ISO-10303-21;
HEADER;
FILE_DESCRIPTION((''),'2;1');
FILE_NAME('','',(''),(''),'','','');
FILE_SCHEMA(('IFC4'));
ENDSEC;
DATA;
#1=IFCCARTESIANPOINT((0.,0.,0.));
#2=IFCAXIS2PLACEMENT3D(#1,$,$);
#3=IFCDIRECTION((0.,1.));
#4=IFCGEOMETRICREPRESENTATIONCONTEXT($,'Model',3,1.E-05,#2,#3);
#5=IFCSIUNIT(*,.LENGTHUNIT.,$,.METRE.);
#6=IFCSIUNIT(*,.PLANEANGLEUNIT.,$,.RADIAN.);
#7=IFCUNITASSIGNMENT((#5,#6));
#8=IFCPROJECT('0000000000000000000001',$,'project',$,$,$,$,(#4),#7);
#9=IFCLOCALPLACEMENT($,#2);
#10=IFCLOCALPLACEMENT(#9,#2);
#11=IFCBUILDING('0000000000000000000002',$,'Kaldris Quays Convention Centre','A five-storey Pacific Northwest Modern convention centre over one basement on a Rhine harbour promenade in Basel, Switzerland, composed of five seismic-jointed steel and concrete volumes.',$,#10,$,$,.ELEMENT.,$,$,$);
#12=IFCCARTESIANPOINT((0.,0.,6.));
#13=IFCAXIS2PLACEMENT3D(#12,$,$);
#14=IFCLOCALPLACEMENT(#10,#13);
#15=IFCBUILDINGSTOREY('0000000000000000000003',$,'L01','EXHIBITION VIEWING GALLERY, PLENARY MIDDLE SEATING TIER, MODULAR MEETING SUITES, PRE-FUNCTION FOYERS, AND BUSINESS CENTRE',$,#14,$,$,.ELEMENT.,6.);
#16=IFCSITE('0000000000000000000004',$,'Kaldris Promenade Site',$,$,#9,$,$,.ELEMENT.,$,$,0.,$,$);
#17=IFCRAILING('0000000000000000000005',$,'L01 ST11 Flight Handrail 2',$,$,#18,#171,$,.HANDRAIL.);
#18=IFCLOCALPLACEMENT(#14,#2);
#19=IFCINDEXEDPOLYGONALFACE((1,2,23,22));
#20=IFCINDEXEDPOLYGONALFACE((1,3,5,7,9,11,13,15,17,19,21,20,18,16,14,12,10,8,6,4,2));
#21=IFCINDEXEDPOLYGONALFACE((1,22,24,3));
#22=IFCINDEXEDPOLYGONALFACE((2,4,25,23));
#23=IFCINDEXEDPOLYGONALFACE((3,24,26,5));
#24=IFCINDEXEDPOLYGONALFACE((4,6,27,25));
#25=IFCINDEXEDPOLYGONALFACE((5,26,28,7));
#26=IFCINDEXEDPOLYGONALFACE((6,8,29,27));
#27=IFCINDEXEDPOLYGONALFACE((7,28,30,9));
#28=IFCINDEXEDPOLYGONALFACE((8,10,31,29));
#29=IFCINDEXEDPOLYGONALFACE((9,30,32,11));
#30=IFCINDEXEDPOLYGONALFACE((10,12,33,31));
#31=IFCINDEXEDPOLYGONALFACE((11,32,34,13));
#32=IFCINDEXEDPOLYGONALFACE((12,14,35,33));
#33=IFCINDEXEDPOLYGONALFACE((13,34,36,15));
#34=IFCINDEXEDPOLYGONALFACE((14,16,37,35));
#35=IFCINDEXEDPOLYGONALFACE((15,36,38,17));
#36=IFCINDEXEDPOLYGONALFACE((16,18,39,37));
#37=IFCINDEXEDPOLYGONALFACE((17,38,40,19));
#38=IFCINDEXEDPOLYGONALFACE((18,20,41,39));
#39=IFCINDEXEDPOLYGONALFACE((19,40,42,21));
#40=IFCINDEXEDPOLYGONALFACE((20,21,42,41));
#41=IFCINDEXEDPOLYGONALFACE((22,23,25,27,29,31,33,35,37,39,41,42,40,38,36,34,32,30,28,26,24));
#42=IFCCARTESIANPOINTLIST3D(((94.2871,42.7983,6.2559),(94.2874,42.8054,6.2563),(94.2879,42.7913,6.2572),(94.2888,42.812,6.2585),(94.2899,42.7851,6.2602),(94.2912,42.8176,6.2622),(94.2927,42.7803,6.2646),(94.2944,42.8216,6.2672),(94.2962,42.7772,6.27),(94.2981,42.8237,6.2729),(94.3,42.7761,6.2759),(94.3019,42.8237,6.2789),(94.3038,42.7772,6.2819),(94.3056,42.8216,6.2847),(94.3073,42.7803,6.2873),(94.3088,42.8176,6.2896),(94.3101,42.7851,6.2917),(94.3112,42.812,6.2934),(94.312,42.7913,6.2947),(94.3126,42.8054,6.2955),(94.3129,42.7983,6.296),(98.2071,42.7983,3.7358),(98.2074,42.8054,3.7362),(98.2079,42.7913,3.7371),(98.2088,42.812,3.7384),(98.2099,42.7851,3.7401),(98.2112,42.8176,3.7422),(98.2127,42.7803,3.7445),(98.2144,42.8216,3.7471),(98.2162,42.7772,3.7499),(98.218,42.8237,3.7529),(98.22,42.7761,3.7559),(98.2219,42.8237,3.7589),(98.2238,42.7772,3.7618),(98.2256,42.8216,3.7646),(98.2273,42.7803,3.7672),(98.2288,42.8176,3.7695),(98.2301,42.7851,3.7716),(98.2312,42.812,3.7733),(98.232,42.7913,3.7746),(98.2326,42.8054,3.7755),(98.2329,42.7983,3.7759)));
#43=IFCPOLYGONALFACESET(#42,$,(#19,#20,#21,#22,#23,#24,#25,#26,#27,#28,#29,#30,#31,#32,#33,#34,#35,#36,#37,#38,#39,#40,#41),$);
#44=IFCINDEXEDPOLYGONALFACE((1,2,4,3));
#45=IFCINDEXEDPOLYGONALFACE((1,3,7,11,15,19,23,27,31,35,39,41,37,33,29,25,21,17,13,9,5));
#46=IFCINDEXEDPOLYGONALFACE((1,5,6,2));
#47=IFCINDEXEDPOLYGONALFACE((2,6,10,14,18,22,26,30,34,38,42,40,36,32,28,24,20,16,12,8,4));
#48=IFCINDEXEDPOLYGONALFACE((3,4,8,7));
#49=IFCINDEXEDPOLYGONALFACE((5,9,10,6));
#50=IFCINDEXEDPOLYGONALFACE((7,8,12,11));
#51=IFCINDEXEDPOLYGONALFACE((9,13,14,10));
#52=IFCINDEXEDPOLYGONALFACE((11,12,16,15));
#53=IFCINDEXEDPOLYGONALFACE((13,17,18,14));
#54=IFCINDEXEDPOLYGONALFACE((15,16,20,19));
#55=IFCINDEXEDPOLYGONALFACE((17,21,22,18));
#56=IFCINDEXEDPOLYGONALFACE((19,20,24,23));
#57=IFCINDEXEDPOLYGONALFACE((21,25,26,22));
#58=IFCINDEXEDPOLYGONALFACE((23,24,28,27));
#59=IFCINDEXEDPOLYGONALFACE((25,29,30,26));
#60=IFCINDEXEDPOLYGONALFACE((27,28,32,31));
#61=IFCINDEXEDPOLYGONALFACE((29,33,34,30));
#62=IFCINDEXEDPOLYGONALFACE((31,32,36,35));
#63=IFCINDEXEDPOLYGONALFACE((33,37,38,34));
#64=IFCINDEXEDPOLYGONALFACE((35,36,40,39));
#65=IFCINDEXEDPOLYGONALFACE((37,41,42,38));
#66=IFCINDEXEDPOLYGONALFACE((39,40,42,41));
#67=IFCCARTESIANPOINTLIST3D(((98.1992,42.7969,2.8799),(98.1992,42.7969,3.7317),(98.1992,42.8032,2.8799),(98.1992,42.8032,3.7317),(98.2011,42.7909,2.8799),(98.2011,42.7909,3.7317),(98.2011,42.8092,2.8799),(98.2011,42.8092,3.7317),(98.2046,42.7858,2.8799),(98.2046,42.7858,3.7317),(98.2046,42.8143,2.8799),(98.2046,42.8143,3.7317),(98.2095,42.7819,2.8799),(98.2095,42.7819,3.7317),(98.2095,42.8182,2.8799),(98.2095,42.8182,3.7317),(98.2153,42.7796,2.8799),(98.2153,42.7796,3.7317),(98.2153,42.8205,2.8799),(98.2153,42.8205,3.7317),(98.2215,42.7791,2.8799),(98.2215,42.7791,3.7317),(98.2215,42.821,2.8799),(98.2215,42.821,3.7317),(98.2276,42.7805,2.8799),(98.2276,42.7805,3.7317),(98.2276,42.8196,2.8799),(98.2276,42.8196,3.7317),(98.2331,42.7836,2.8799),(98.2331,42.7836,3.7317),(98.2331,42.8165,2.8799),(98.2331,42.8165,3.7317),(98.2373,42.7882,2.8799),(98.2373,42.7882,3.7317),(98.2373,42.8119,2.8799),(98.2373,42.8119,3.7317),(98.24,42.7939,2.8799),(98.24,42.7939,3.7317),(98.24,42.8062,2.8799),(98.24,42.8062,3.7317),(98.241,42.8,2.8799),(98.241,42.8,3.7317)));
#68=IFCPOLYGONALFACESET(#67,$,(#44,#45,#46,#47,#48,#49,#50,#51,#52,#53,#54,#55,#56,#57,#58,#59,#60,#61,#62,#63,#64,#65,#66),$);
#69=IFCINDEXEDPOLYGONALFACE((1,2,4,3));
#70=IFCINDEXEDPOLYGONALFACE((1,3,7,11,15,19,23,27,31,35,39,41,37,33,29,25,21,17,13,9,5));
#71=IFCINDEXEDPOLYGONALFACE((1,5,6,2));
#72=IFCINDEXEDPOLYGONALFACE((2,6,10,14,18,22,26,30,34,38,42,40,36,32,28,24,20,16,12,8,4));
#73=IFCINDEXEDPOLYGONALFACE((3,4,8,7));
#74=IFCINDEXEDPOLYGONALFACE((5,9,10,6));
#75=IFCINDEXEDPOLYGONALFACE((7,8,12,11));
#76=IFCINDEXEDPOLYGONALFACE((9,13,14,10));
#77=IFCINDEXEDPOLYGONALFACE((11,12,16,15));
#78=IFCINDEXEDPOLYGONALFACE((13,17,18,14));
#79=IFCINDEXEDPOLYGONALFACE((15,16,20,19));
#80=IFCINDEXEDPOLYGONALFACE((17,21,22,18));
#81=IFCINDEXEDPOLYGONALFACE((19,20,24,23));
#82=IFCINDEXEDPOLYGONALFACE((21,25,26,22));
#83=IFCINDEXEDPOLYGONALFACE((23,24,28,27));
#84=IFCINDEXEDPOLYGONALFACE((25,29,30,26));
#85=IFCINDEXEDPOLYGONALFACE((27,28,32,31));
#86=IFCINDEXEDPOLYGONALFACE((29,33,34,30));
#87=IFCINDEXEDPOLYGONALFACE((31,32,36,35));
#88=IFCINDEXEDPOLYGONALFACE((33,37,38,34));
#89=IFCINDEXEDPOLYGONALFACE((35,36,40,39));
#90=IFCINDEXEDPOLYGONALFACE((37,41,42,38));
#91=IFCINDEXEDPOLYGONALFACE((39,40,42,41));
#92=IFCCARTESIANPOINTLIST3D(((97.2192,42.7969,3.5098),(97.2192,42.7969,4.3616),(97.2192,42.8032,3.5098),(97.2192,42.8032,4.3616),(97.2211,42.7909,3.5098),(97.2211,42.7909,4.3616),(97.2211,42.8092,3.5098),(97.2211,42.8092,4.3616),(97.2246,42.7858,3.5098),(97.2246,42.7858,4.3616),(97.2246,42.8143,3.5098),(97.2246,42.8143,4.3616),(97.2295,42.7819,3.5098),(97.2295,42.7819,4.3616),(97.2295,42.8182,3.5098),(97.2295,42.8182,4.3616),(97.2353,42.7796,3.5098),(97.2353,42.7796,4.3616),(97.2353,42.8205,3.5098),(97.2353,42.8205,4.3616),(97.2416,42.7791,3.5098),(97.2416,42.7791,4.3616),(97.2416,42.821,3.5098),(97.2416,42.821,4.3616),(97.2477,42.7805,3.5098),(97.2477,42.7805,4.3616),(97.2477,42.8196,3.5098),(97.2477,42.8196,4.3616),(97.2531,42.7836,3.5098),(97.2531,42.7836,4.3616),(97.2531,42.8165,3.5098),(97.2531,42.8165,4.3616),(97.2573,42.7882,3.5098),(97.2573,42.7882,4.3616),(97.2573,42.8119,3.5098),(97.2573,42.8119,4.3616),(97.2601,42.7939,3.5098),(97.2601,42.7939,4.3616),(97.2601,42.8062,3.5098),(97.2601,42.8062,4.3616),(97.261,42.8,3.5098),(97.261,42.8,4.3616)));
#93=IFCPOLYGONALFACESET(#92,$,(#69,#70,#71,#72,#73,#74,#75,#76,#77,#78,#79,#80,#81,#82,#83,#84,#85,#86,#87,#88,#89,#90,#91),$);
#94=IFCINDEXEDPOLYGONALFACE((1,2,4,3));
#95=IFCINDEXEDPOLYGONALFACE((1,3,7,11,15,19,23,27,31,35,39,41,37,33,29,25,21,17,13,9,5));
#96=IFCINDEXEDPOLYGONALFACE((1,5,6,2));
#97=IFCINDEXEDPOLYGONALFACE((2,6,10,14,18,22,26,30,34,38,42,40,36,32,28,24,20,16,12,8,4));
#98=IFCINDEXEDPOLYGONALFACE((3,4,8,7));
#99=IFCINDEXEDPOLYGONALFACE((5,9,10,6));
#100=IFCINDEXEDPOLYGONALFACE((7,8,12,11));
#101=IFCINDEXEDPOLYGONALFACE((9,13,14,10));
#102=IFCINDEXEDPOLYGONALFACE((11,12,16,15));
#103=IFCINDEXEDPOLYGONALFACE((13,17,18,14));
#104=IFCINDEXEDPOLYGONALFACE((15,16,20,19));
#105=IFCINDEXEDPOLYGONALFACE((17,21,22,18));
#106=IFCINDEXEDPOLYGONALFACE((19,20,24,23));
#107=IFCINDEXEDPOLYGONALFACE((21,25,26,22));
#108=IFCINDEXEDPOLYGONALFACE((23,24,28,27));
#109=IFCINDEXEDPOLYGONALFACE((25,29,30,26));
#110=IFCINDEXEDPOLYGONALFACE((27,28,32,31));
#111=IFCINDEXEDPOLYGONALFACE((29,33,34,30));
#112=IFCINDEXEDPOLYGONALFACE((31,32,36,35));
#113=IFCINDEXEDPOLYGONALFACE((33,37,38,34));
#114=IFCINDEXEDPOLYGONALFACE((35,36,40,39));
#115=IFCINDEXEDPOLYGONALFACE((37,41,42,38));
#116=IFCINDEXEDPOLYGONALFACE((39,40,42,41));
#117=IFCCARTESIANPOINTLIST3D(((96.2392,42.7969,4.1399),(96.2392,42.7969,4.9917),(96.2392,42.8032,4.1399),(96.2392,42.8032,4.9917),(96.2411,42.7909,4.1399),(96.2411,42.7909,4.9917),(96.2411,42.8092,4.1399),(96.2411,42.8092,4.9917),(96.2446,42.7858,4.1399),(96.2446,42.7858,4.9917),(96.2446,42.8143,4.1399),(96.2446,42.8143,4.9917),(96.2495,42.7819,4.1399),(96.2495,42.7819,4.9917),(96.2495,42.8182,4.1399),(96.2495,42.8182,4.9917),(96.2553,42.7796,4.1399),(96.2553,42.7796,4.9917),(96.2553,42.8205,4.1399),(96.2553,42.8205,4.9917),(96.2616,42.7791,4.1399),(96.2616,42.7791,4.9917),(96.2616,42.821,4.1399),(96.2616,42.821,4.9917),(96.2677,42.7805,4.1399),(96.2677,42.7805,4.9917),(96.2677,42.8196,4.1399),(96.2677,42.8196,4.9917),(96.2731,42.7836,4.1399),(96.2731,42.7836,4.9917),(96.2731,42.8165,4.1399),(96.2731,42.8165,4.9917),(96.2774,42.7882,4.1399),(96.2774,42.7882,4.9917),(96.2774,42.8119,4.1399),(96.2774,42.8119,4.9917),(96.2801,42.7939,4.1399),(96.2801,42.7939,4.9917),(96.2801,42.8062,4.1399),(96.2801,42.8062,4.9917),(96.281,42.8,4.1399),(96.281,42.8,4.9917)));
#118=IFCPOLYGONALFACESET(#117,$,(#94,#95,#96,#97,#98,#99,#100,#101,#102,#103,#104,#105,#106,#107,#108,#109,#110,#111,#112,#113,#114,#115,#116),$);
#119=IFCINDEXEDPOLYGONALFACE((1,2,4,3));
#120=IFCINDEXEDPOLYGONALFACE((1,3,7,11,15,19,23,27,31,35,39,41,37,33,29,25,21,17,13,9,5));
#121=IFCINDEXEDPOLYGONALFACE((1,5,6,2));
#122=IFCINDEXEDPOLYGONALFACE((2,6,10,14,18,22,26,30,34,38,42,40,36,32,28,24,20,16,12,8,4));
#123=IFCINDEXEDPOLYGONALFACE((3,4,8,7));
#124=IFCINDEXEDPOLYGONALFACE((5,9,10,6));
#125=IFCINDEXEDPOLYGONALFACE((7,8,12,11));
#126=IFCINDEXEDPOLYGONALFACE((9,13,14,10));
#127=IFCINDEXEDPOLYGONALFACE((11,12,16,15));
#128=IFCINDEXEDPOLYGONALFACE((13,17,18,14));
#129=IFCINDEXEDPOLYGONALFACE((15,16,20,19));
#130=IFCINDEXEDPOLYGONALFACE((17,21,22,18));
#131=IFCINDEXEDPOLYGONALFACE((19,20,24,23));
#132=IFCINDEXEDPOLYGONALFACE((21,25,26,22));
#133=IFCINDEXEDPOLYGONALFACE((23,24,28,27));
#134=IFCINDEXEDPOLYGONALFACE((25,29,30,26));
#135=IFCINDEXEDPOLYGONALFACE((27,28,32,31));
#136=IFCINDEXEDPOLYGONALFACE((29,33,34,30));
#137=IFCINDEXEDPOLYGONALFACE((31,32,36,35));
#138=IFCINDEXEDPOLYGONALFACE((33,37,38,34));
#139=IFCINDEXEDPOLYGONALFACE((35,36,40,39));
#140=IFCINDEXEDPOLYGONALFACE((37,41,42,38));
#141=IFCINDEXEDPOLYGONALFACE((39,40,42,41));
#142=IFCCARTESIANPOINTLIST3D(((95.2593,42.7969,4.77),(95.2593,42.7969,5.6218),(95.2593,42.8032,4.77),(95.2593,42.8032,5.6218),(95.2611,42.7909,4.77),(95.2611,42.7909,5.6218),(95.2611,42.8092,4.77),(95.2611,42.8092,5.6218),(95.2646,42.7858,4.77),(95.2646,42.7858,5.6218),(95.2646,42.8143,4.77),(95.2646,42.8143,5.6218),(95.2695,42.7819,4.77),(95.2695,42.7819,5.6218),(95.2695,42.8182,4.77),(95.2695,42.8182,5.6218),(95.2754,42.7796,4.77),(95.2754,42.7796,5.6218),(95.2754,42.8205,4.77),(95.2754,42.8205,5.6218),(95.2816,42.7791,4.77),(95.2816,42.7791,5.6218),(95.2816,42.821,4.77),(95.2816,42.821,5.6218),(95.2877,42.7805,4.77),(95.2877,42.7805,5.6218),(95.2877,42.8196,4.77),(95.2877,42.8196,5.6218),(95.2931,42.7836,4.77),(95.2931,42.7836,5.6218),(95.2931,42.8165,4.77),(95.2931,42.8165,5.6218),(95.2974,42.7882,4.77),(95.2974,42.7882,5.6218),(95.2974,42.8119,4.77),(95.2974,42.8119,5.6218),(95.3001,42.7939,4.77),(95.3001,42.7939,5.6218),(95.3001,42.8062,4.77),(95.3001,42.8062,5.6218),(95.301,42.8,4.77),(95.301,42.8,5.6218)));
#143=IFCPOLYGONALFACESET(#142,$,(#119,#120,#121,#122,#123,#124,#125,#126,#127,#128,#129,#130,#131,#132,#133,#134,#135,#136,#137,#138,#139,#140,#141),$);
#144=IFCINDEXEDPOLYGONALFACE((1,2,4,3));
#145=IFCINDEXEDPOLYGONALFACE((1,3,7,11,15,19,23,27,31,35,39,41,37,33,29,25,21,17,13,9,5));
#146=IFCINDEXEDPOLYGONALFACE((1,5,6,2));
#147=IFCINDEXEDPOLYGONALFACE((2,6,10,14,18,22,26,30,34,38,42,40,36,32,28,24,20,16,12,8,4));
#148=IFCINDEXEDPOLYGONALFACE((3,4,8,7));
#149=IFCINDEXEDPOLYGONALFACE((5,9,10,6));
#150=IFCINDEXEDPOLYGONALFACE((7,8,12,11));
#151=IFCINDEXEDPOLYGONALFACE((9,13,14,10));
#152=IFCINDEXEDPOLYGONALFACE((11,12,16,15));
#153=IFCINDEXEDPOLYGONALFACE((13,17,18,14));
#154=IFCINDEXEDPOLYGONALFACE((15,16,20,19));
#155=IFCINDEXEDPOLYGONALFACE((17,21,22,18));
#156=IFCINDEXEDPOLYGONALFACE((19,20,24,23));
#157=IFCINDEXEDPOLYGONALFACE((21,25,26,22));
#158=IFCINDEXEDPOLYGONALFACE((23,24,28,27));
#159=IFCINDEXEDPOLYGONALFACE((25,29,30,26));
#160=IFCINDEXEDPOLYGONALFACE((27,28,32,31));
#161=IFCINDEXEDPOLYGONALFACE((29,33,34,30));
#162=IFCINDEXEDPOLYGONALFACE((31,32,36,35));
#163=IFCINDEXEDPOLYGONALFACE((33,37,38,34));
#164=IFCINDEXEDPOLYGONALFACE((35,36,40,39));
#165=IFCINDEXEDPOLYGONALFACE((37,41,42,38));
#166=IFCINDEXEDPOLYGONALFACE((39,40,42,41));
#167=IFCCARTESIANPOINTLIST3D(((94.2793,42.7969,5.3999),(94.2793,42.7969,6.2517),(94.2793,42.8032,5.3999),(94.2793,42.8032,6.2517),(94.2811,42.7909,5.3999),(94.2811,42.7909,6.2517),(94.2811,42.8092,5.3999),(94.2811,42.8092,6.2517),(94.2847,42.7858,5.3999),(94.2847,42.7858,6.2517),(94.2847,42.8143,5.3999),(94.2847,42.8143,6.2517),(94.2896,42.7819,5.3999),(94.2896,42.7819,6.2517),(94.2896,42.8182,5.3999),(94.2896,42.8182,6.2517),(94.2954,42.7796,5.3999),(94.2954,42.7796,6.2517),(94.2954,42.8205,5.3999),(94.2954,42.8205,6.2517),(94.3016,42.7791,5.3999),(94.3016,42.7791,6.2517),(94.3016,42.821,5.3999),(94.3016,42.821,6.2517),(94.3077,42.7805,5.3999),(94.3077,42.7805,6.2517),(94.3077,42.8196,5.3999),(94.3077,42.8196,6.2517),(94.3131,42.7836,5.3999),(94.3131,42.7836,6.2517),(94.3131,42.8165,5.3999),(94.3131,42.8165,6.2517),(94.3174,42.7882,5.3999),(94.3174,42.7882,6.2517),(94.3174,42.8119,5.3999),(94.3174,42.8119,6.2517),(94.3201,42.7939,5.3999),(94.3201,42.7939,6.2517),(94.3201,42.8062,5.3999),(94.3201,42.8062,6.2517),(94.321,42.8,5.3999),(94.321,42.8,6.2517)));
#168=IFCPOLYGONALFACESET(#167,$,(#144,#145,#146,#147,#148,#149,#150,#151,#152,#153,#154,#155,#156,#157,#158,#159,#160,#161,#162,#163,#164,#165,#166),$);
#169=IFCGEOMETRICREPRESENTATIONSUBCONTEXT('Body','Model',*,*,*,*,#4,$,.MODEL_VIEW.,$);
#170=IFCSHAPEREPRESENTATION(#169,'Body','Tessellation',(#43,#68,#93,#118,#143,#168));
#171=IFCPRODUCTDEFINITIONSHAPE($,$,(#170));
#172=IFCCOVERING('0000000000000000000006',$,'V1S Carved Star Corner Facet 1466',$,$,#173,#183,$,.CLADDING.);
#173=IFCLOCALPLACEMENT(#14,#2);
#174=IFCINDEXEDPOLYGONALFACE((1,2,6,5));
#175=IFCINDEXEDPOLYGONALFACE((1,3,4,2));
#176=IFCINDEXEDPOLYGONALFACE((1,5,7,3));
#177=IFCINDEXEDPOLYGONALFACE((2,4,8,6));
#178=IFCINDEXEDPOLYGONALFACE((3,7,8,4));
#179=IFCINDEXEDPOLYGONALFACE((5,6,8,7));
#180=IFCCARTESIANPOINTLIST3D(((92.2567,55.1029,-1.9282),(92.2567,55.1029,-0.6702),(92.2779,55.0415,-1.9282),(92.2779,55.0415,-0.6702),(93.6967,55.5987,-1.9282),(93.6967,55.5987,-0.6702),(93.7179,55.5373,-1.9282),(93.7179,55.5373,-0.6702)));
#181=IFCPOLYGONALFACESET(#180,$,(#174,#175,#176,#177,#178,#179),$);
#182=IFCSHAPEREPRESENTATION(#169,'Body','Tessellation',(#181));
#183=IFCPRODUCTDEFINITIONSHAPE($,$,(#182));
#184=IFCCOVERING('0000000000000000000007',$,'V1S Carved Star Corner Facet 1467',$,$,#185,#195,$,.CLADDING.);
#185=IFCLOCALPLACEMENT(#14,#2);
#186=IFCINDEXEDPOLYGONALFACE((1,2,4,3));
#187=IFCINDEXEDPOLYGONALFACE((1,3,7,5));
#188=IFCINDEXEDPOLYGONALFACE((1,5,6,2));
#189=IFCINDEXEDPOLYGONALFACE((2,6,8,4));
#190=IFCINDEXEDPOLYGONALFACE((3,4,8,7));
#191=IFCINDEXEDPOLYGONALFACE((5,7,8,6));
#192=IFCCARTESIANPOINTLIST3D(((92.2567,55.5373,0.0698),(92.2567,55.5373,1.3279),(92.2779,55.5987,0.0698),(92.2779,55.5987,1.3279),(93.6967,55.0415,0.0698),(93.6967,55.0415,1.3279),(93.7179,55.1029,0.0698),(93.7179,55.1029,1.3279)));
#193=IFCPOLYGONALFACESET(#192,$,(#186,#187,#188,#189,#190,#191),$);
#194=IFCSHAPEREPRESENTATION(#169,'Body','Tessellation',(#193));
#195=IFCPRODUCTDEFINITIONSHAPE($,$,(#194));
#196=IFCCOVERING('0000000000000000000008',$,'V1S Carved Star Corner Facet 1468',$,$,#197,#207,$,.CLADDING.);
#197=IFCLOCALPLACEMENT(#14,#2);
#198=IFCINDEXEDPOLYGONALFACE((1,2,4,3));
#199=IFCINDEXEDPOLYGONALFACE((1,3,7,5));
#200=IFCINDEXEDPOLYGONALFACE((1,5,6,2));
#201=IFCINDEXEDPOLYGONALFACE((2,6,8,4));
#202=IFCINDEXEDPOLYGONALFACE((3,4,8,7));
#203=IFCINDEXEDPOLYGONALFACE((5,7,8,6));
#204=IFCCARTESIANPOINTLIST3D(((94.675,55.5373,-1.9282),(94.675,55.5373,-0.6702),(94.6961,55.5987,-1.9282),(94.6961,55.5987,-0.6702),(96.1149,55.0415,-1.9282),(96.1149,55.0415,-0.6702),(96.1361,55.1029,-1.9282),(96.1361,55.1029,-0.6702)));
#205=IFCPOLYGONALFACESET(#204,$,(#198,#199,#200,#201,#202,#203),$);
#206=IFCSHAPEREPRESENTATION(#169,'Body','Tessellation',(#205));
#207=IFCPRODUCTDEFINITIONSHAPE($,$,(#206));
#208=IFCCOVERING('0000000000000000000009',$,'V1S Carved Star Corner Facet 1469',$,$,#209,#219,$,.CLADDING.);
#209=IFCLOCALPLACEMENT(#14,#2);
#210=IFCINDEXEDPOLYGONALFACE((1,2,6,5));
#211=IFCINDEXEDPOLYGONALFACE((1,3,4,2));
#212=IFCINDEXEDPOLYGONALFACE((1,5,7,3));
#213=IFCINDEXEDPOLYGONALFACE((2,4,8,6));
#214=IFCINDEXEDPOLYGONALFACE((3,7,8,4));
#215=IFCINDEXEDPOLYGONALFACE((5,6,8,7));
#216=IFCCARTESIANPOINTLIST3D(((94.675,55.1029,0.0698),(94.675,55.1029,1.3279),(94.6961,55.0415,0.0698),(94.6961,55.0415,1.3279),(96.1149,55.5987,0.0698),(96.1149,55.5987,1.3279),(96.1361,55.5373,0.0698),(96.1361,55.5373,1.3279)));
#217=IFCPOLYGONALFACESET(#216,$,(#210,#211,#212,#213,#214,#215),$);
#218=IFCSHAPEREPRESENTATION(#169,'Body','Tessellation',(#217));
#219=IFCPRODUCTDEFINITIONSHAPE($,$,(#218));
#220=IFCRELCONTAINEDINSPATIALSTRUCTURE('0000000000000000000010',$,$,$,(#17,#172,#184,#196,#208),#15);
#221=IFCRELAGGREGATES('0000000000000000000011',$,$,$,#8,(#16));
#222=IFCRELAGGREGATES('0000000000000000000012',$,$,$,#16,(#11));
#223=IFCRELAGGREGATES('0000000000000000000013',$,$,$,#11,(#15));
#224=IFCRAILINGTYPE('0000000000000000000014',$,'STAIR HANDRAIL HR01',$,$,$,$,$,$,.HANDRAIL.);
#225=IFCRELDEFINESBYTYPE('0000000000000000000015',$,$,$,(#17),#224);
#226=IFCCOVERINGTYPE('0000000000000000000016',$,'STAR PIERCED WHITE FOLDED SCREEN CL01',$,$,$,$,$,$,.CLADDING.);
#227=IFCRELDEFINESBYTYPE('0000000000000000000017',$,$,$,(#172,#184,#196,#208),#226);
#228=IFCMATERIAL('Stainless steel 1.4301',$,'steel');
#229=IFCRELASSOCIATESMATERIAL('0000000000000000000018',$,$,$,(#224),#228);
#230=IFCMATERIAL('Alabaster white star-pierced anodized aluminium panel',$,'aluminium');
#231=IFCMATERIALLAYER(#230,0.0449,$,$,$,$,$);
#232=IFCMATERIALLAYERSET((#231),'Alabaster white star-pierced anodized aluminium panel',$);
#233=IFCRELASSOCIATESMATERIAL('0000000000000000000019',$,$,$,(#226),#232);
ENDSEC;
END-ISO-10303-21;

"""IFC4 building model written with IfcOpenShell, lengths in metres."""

from ifc_helpers import new_model, si_unit, direction, frame, origin, origin_2d, place, context, subcontext, project, spatial, rectangle, circle, extrude, material, layer, layer_set, type_object, element, save


model = new_model("IFC4")

# Units and contexts
model_context = context("Model", 3, precision=1e-05, world=origin(), true_north=direction((0.0, 1.0)))
body_context = subcontext(model_context, "Body", "Model", "MODEL_VIEW")
ifc_project = project(units=[si_unit("LENGTHUNIT", "METRE"), si_unit("PLANEANGLEUNIT", "RADIAN")], contexts=[model_context])

# Site, building, storey
site_placement = place(None, origin())
site = spatial("IfcSite", under=ifc_project, at=site_placement, Name="Kaldris Promenade Site", CompositionType="ELEMENT", RefElevation=0.0)
building_placement = place(site_placement, origin())
building = spatial("IfcBuilding", under=site, at=building_placement, Name="Kaldris Quays Convention Centre", Description="A five-storey Pacific Northwest Modern convention centre over one basement on a Rhine harbour promenade in Basel, Switzerland, composed of five seismic-jointed steel and concrete volumes.", CompositionType="ELEMENT")
storey_placement = place(building_placement, frame((0.0, 0.0, 6.0)))
storey = spatial("IfcBuildingStorey", under=building, at=storey_placement, Name="L01", Description="EXHIBITION VIEWING GALLERY, PLENARY MIDDLE SEATING TIER, MODULAR MEETING SUITES, PRE-FUNCTION FOYERS, AND BUSINESS CENTRE", CompositionType="ELEMENT", Elevation=6.0)

# Railing
ifc_material_1 = material(Name="Stainless steel 1.4301", Category="steel")
railing_type = type_object("IfcRailingType", Name="STAIR HANDRAIL HR01", PredefinedType="HANDRAIL", material=ifc_material_1)
railing_placement = place(storey_placement, frame((98.22, 42.8, 2.8799)))
element("IfcRailing", 1, at=railing_placement, inside=storey, type_object=railing_type, Name="L01 ST11 Flight Handrail 2", PredefinedType="HANDRAIL", context=body_context, shape_type="SweptSolid", body=[
    extrude(circle(Radius=0.0239, at=origin_2d()), frame((0.0, 0.0, 0.876), z_axis=(-0.841172, 0.0, 0.540768), x_axis=(0.0, -1.0, 0.0)), (0.0, 0.0, 1.0), 4.6602),
    extrude(circle(Radius=0.021, at=origin_2d()), origin(), (0.0, 0.0, 1.0), 0.8518),
    extrude(circle(Radius=0.021, at=origin_2d()), frame((-0.98, 0.0, 0.6299)), (0.0, 0.0, 1.0), 0.8518),
    extrude(circle(Radius=0.021, at=origin_2d()), frame((-1.96, 0.0, 1.26)), (0.0, 0.0, 1.0), 0.8518),
    extrude(circle(Radius=0.021, at=origin_2d()), frame((-2.9399, 0.0, 1.8901)), (0.0, 0.0, 1.0), 0.8518),
    extrude(circle(Radius=0.021, at=origin_2d()), frame((-3.9199, 0.0, 2.52)), (0.0, 0.0, 1.0), 0.8518),
])

# Coverings
ifc_material_2 = material(Name="Alabaster white star-pierced anodized aluminium panel", Category="aluminium")
ifc_layer = layer(ifc_material_2, 0.0449)
ifc_layer_set = layer_set([ifc_layer], Name="Alabaster white star-pierced anodized aluminium panel")
covering_type = type_object("IfcCoveringType", Name="STAR PIERCED WHITE FOLDED SCREEN CL01", PredefinedType="CLADDING", material=ifc_layer_set)
for number, where, z_axis, x_axis, name in (
    (2, (92.9873, 55.3201, -1.9282), (0.0, 0.0, 1.0), (0.945519, 0.325568, 0.0), "V1S Carved Star Corner Facet 1466"),
    (3, (92.9873, 55.3201, 0.0698), (0.0, 0.0, 1.0), (0.945519, -0.325568, 0.0), "V1S Carved Star Corner Facet 1467"),
    (4, (95.4055, 55.3201, -1.9282), (0.0, 0.0, 1.0), (0.945519, -0.325568, 0.0), "V1S Carved Star Corner Facet 1468"),
    (5, (95.4055, 55.3201, 0.0698), (0.0, 0.0, 1.0), (0.945519, 0.325568, 0.0), "V1S Carved Star Corner Facet 1469"),
):
    element("IfcCovering", number, at=place(storey_placement, frame(where, z_axis=z_axis, x_axis=x_axis)), inside=storey, type_object=covering_type, Name=name, PredefinedType="CLADDING", context=body_context, shape_type="SweptSolid", body=[
        extrude(rectangle(XDim=1.5229, YDim=0.0649, at=origin_2d()), origin(), (0.0, 0.0, 1.0), 1.2581),
    ])

save(model, "model.ifc")
